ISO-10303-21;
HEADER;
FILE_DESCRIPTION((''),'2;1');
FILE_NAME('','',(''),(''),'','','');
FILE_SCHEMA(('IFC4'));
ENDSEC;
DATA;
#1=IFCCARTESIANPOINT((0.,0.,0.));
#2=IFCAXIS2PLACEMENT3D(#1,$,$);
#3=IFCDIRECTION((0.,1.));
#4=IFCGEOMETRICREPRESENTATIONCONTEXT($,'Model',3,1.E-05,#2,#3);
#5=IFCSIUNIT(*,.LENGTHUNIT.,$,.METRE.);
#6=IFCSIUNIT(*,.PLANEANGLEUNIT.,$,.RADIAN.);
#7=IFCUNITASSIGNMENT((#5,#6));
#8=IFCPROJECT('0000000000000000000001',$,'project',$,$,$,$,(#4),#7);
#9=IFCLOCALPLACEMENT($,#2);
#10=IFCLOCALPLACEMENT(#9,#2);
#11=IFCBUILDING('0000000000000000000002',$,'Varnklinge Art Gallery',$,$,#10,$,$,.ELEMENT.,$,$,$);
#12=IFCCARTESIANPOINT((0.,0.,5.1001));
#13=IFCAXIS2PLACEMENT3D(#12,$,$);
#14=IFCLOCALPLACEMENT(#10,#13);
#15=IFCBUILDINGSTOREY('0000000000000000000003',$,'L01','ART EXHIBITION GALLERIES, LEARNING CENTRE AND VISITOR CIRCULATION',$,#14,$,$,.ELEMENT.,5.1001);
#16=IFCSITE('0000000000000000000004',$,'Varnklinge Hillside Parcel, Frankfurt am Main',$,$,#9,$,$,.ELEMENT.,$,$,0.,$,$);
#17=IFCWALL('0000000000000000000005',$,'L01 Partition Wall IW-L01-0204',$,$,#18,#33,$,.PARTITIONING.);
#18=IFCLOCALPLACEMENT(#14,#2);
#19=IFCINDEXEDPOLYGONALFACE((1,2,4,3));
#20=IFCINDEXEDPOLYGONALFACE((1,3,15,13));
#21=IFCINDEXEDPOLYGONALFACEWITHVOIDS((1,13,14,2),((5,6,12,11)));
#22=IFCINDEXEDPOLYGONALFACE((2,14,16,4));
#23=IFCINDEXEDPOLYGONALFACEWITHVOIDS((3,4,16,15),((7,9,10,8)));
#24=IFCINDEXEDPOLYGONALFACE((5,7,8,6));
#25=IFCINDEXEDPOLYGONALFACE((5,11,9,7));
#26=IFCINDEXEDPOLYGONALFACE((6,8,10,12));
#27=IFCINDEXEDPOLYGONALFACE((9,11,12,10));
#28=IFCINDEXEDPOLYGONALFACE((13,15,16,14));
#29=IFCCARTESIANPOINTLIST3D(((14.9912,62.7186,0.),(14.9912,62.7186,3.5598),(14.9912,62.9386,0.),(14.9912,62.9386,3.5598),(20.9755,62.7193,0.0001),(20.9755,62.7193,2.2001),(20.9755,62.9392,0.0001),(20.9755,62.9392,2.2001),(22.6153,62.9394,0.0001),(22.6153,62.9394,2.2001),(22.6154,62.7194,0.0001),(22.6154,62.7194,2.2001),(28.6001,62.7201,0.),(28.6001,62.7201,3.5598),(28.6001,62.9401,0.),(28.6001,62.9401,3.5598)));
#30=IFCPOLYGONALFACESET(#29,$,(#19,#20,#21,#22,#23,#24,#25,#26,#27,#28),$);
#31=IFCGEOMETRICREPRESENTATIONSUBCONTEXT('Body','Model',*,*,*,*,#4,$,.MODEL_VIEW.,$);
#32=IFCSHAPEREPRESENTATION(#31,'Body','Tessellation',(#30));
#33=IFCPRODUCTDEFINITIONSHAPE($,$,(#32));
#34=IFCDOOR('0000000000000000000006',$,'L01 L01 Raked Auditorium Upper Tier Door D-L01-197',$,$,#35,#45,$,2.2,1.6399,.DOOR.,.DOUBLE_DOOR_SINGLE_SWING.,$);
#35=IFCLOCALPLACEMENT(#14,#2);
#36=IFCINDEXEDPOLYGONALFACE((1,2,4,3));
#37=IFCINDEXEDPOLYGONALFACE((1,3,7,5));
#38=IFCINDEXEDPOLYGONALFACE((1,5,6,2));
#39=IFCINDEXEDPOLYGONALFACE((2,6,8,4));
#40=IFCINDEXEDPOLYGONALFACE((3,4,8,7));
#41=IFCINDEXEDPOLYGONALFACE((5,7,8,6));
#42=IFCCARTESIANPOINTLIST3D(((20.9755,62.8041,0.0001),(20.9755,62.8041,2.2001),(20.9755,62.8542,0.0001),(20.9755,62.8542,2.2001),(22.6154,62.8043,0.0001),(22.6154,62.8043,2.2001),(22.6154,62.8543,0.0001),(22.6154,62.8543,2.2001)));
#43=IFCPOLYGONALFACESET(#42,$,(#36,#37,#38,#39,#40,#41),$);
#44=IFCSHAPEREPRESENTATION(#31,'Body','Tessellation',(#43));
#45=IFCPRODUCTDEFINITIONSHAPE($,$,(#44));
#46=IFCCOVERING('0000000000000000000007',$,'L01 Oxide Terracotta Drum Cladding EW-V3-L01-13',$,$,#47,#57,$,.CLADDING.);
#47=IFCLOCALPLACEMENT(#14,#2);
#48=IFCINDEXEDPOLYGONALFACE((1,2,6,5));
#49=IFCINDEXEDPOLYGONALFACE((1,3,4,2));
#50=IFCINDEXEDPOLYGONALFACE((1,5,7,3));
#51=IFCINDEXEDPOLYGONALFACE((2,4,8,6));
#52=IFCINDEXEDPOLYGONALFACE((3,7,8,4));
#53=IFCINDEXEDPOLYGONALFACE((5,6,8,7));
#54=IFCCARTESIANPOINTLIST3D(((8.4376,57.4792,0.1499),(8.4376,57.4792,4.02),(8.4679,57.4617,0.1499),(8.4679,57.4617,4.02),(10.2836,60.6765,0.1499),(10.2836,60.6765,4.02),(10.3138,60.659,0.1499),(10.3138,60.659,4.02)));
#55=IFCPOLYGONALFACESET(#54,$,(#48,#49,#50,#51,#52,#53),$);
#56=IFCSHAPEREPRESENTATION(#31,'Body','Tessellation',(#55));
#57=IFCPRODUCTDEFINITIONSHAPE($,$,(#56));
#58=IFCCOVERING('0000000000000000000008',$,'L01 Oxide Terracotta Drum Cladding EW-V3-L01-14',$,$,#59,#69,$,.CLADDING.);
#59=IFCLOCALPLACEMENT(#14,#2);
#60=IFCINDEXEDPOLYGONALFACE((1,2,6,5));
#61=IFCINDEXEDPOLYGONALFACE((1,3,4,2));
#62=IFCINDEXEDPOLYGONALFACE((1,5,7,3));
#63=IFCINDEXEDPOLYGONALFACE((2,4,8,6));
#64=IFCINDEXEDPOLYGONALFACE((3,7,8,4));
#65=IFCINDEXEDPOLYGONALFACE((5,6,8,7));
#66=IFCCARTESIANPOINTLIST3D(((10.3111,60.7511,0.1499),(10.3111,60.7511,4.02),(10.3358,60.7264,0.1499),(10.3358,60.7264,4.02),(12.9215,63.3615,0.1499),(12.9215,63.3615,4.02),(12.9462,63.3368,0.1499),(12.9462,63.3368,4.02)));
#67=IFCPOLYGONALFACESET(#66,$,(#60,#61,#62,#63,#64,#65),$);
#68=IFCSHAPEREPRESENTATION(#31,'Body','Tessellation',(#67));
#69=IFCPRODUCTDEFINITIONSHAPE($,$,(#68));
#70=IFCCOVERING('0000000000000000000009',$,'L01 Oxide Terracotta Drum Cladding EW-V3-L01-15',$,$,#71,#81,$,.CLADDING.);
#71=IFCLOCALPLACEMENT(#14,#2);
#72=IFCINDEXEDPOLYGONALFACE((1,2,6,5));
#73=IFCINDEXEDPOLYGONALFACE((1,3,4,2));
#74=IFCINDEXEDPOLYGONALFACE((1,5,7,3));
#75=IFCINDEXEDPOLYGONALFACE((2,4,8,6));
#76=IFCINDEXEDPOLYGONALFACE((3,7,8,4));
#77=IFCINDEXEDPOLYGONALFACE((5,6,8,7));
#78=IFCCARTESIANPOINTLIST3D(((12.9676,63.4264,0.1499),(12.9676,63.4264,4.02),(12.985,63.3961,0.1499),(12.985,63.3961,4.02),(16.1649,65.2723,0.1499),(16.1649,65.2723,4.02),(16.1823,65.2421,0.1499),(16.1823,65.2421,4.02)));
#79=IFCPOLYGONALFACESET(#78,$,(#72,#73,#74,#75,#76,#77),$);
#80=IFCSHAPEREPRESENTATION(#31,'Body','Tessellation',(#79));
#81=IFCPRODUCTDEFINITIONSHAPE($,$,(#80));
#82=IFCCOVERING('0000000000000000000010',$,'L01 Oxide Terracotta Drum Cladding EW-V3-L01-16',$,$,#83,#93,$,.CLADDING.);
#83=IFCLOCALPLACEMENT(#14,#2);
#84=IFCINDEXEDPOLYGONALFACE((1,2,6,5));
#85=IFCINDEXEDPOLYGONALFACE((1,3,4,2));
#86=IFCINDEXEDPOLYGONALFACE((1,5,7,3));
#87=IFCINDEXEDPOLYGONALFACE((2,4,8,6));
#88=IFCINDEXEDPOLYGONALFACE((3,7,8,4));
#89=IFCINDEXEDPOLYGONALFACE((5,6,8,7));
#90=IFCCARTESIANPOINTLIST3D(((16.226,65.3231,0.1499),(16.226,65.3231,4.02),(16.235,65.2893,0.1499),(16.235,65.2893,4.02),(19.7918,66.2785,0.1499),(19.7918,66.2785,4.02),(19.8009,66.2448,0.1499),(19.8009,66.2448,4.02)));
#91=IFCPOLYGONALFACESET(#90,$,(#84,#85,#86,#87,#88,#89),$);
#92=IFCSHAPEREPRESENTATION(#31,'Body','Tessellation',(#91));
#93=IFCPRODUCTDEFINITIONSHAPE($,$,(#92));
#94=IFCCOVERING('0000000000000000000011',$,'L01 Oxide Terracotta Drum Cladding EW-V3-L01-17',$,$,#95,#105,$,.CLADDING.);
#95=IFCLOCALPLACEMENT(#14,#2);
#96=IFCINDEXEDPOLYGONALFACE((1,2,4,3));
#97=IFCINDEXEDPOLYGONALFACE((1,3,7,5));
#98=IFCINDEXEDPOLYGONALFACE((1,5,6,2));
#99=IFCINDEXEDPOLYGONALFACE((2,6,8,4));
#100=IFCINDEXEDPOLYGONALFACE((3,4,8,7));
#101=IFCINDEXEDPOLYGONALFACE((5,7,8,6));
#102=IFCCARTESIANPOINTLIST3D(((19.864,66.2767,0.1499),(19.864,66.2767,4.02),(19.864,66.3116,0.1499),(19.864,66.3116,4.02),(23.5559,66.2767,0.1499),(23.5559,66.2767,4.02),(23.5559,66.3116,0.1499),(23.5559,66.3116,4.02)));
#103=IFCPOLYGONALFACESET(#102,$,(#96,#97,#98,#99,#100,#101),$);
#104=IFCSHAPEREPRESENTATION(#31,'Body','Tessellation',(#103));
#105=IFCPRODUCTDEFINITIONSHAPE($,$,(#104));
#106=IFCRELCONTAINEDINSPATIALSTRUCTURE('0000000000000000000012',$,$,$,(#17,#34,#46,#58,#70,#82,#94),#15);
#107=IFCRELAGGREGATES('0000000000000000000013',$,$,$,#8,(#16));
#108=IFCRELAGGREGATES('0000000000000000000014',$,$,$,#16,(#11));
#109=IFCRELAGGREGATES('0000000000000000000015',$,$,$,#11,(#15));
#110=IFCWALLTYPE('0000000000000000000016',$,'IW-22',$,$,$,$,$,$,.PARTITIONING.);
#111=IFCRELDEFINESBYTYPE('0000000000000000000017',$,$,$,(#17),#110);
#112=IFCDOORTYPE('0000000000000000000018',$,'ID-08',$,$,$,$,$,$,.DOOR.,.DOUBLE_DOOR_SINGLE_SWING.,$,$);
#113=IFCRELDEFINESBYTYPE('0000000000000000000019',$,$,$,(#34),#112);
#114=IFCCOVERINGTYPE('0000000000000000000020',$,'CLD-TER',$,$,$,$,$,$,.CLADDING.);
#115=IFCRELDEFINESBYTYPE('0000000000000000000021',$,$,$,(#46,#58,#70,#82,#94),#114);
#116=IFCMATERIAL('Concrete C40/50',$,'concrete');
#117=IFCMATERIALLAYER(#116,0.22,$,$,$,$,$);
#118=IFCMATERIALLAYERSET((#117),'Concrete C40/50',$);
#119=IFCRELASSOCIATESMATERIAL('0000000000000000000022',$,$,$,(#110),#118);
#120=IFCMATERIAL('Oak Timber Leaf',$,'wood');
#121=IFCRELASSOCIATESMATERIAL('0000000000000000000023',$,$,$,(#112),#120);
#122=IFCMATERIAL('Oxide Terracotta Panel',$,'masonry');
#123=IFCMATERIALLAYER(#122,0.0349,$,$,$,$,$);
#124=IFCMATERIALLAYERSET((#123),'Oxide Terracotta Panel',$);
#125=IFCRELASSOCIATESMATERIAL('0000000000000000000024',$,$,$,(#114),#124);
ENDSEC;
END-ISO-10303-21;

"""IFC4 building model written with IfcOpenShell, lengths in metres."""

from ifc_helpers import new_model, si_unit, direction, frame, frame_2d, origin, origin_2d, place, context, subcontext, project, spatial, rectangle, extrude, material, layer, layer_set, type_object, element, fill, save


model = new_model("IFC4")

# Units and contexts
model_context = context("Model", 3, precision=1e-05, world=origin(), true_north=direction((0.0, 1.0)))
body_context = subcontext(model_context, "Body", "Model", "MODEL_VIEW")
ifc_project = project(units=[si_unit("LENGTHUNIT", "METRE"), si_unit("PLANEANGLEUNIT", "RADIAN")], contexts=[model_context])

# Site, building, storey
site_placement = place(None, origin())
site = spatial("IfcSite", under=ifc_project, at=site_placement, Name="Varnklinge Hillside Parcel, Frankfurt am Main", CompositionType="ELEMENT", RefElevation=0.0)
building_placement = place(site_placement, origin())
building = spatial("IfcBuilding", under=site, at=building_placement, Name="Varnklinge Art Gallery", CompositionType="ELEMENT")
storey_placement = place(building_placement, frame((0.0, 0.0, 5.1001)))
storey = spatial("IfcBuildingStorey", under=building, at=storey_placement, Name="L01", Description="ART EXHIBITION GALLERIES, LEARNING CENTRE AND VISITOR CIRCULATION", CompositionType="ELEMENT", Elevation=5.1001)

# Wall, opening, door
ifc_material_1 = material(Name="Concrete C40/50", Category="concrete")
ifc_layer_1 = layer(ifc_material_1, 0.22)
ifc_layer_set_1 = layer_set([ifc_layer_1], Name="Concrete C40/50")
wall_type_1 = type_object("IfcWallType", Name="IW-22", PredefinedType="PARTITIONING", material=ifc_layer_set_1)
wall_1_placement = place(storey_placement, frame((14.9912, 62.8286, 0.0), z_axis=(0.0, 0.0, 1.0), x_axis=(1.0, 0.000108, 0.0)))
wall_1 = element("IfcWall", 1, at=wall_1_placement, inside=storey, type_object=wall_type_1, Name="L01 Partition Wall IW-L01-0204", PredefinedType="PARTITIONING", context=body_context, shape_type="SweptSolid", body=[
    extrude(rectangle(XDim=13.6089, YDim=0.22, at=frame_2d((6.8044, 0.0))), origin(), (0.0, 0.0, 1.0), 3.5598),
])
opening_1_placement = place(wall_1_placement, frame((5.9844, 0.0, 0.0)))
opening_1 = element("IfcOpeningElement", 2, at=opening_1_placement, cuts=wall_1, PredefinedType="OPENING", context=body_context, shape_type="SweptSolid", body=[
    extrude(rectangle(XDim=1.6399, YDim=2.2, at=frame_2d((0.8198, 1.1001))), frame((0.0, 0.1199, 0.0), z_axis=(0.0, -1.0, 0.0), x_axis=(1.0, 0.0, 0.0)), (0.0, 0.0, 1.0), 0.24),
])
ifc_material_2 = material(Name="Oak Timber Leaf", Category="wood")
door_type_1 = type_object("IfcDoorType", Name="ID-08", OperationType="DOUBLE_DOOR_SINGLE_SWING", PredefinedType="DOOR", material=ifc_material_2)
door_1_placement = place(opening_1_placement, origin())
door_1 = element("IfcDoor", 3, at=door_1_placement, inside=storey, type_object=door_type_1, Name="L01 L01 Raked Auditorium Upper Tier Door D-L01-197", OperationType="DOUBLE_DOOR_SINGLE_SWING", OverallHeight=2.2, OverallWidth=1.6399, PredefinedType="DOOR", context=body_context, shape_type="SweptSolid", body=[
    extrude(rectangle(XDim=1.6399, YDim=2.2, at=frame_2d((0.8198, 1.1001))), frame((0.0, 0.0249, 0.0), z_axis=(0.0, -1.0, 0.0), x_axis=(1.0, 0.0, 0.0)), (0.0, 0.0, 1.0), 0.05),
])
fill(opening_1, door_1)

# Coverings
ifc_material_3 = material(Name="Oxide Terracotta Panel", Category="masonry")
ifc_layer_2 = layer(ifc_material_3, 0.0349)
ifc_layer_set_2 = layer_set([ifc_layer_2], Name="Oxide Terracotta Panel")
covering_type = type_object("IfcCoveringType", Name="CLD-TER", PredefinedType="CLADDING", material=ifc_layer_set_2)
covering_1_placement = place(storey_placement, frame((9.3757, 59.0691, 0.1499), z_axis=(0.0, 0.0, 1.0), x_axis=(0.5, 0.866025, 0.0)))
element("IfcCovering", 4, at=covering_1_placement, inside=storey, type_object=covering_type, Name="L01 Oxide Terracotta Drum Cladding EW-V3-L01-13", PredefinedType="CLADDING", context=body_context, shape_type="SweptSolid", body=[
    extrude(rectangle(XDim=3.6919, YDim=0.0349, at=origin_2d()), origin(), (0.0, 0.0, 1.0), 3.8701),
])
covering_2_placement = place(storey_placement, frame((11.6287, 62.0439, 0.1499), z_axis=(0.0, 0.0, 1.0), x_axis=(0.707107, 0.707107, 0.0)))
element("IfcCovering", 5, at=covering_2_placement, inside=storey, type_object=covering_type, Name="L01 Oxide Terracotta Drum Cladding EW-V3-L01-14", PredefinedType="CLADDING", context=body_context, shape_type="SweptSolid", body=[
    extrude(rectangle(XDim=3.6917, YDim=0.0349, at=origin_2d()), origin(), (0.0, 0.0, 1.0), 3.8701),
])
covering_3_placement = place(storey_placement, frame((14.575, 64.3342, 0.1499), z_axis=(0.0, 0.0, 1.0), x_axis=(0.866025, 0.5, 0.0)))
element("IfcCovering", 6, at=covering_3_placement, inside=storey, type_object=covering_type, Name="L01 Oxide Terracotta Drum Cladding EW-V3-L01-15", PredefinedType="CLADDING", context=body_context, shape_type="SweptSolid", body=[
    extrude(rectangle(XDim=3.6919, YDim=0.0349, at=origin_2d()), origin(), (0.0, 0.0, 1.0), 3.8701),
])
covering_4_placement = place(storey_placement, frame((18.0134, 65.7839, 0.1499), z_axis=(0.0, 0.0, 1.0), x_axis=(0.965926, 0.258819, 0.0)))
element("IfcCovering", 7, at=covering_4_placement, inside=storey, type_object=covering_type, Name="L01 Oxide Terracotta Drum Cladding EW-V3-L01-16", PredefinedType="CLADDING", context=body_context, shape_type="SweptSolid", body=[
    extrude(rectangle(XDim=3.6917, YDim=0.0349, at=origin_2d()), origin(), (0.0, 0.0, 1.0), 3.8701),
])
covering_5_placement = place(storey_placement, frame((21.71, 66.2942, 0.1499), z_axis=(0.0, 0.0, 1.0), x_axis=(1.0, 0.0, 0.0)))
element("IfcCovering", 8, at=covering_5_placement, inside=storey, type_object=covering_type, Name="L01 Oxide Terracotta Drum Cladding EW-V3-L01-17", PredefinedType="CLADDING", context=body_context, shape_type="SweptSolid", body=[
    extrude(rectangle(XDim=3.6919, YDim=0.0349, at=origin_2d()), origin(), (0.0, 0.0, 1.0), 3.8701),
])

save(model, "model.ifc")
